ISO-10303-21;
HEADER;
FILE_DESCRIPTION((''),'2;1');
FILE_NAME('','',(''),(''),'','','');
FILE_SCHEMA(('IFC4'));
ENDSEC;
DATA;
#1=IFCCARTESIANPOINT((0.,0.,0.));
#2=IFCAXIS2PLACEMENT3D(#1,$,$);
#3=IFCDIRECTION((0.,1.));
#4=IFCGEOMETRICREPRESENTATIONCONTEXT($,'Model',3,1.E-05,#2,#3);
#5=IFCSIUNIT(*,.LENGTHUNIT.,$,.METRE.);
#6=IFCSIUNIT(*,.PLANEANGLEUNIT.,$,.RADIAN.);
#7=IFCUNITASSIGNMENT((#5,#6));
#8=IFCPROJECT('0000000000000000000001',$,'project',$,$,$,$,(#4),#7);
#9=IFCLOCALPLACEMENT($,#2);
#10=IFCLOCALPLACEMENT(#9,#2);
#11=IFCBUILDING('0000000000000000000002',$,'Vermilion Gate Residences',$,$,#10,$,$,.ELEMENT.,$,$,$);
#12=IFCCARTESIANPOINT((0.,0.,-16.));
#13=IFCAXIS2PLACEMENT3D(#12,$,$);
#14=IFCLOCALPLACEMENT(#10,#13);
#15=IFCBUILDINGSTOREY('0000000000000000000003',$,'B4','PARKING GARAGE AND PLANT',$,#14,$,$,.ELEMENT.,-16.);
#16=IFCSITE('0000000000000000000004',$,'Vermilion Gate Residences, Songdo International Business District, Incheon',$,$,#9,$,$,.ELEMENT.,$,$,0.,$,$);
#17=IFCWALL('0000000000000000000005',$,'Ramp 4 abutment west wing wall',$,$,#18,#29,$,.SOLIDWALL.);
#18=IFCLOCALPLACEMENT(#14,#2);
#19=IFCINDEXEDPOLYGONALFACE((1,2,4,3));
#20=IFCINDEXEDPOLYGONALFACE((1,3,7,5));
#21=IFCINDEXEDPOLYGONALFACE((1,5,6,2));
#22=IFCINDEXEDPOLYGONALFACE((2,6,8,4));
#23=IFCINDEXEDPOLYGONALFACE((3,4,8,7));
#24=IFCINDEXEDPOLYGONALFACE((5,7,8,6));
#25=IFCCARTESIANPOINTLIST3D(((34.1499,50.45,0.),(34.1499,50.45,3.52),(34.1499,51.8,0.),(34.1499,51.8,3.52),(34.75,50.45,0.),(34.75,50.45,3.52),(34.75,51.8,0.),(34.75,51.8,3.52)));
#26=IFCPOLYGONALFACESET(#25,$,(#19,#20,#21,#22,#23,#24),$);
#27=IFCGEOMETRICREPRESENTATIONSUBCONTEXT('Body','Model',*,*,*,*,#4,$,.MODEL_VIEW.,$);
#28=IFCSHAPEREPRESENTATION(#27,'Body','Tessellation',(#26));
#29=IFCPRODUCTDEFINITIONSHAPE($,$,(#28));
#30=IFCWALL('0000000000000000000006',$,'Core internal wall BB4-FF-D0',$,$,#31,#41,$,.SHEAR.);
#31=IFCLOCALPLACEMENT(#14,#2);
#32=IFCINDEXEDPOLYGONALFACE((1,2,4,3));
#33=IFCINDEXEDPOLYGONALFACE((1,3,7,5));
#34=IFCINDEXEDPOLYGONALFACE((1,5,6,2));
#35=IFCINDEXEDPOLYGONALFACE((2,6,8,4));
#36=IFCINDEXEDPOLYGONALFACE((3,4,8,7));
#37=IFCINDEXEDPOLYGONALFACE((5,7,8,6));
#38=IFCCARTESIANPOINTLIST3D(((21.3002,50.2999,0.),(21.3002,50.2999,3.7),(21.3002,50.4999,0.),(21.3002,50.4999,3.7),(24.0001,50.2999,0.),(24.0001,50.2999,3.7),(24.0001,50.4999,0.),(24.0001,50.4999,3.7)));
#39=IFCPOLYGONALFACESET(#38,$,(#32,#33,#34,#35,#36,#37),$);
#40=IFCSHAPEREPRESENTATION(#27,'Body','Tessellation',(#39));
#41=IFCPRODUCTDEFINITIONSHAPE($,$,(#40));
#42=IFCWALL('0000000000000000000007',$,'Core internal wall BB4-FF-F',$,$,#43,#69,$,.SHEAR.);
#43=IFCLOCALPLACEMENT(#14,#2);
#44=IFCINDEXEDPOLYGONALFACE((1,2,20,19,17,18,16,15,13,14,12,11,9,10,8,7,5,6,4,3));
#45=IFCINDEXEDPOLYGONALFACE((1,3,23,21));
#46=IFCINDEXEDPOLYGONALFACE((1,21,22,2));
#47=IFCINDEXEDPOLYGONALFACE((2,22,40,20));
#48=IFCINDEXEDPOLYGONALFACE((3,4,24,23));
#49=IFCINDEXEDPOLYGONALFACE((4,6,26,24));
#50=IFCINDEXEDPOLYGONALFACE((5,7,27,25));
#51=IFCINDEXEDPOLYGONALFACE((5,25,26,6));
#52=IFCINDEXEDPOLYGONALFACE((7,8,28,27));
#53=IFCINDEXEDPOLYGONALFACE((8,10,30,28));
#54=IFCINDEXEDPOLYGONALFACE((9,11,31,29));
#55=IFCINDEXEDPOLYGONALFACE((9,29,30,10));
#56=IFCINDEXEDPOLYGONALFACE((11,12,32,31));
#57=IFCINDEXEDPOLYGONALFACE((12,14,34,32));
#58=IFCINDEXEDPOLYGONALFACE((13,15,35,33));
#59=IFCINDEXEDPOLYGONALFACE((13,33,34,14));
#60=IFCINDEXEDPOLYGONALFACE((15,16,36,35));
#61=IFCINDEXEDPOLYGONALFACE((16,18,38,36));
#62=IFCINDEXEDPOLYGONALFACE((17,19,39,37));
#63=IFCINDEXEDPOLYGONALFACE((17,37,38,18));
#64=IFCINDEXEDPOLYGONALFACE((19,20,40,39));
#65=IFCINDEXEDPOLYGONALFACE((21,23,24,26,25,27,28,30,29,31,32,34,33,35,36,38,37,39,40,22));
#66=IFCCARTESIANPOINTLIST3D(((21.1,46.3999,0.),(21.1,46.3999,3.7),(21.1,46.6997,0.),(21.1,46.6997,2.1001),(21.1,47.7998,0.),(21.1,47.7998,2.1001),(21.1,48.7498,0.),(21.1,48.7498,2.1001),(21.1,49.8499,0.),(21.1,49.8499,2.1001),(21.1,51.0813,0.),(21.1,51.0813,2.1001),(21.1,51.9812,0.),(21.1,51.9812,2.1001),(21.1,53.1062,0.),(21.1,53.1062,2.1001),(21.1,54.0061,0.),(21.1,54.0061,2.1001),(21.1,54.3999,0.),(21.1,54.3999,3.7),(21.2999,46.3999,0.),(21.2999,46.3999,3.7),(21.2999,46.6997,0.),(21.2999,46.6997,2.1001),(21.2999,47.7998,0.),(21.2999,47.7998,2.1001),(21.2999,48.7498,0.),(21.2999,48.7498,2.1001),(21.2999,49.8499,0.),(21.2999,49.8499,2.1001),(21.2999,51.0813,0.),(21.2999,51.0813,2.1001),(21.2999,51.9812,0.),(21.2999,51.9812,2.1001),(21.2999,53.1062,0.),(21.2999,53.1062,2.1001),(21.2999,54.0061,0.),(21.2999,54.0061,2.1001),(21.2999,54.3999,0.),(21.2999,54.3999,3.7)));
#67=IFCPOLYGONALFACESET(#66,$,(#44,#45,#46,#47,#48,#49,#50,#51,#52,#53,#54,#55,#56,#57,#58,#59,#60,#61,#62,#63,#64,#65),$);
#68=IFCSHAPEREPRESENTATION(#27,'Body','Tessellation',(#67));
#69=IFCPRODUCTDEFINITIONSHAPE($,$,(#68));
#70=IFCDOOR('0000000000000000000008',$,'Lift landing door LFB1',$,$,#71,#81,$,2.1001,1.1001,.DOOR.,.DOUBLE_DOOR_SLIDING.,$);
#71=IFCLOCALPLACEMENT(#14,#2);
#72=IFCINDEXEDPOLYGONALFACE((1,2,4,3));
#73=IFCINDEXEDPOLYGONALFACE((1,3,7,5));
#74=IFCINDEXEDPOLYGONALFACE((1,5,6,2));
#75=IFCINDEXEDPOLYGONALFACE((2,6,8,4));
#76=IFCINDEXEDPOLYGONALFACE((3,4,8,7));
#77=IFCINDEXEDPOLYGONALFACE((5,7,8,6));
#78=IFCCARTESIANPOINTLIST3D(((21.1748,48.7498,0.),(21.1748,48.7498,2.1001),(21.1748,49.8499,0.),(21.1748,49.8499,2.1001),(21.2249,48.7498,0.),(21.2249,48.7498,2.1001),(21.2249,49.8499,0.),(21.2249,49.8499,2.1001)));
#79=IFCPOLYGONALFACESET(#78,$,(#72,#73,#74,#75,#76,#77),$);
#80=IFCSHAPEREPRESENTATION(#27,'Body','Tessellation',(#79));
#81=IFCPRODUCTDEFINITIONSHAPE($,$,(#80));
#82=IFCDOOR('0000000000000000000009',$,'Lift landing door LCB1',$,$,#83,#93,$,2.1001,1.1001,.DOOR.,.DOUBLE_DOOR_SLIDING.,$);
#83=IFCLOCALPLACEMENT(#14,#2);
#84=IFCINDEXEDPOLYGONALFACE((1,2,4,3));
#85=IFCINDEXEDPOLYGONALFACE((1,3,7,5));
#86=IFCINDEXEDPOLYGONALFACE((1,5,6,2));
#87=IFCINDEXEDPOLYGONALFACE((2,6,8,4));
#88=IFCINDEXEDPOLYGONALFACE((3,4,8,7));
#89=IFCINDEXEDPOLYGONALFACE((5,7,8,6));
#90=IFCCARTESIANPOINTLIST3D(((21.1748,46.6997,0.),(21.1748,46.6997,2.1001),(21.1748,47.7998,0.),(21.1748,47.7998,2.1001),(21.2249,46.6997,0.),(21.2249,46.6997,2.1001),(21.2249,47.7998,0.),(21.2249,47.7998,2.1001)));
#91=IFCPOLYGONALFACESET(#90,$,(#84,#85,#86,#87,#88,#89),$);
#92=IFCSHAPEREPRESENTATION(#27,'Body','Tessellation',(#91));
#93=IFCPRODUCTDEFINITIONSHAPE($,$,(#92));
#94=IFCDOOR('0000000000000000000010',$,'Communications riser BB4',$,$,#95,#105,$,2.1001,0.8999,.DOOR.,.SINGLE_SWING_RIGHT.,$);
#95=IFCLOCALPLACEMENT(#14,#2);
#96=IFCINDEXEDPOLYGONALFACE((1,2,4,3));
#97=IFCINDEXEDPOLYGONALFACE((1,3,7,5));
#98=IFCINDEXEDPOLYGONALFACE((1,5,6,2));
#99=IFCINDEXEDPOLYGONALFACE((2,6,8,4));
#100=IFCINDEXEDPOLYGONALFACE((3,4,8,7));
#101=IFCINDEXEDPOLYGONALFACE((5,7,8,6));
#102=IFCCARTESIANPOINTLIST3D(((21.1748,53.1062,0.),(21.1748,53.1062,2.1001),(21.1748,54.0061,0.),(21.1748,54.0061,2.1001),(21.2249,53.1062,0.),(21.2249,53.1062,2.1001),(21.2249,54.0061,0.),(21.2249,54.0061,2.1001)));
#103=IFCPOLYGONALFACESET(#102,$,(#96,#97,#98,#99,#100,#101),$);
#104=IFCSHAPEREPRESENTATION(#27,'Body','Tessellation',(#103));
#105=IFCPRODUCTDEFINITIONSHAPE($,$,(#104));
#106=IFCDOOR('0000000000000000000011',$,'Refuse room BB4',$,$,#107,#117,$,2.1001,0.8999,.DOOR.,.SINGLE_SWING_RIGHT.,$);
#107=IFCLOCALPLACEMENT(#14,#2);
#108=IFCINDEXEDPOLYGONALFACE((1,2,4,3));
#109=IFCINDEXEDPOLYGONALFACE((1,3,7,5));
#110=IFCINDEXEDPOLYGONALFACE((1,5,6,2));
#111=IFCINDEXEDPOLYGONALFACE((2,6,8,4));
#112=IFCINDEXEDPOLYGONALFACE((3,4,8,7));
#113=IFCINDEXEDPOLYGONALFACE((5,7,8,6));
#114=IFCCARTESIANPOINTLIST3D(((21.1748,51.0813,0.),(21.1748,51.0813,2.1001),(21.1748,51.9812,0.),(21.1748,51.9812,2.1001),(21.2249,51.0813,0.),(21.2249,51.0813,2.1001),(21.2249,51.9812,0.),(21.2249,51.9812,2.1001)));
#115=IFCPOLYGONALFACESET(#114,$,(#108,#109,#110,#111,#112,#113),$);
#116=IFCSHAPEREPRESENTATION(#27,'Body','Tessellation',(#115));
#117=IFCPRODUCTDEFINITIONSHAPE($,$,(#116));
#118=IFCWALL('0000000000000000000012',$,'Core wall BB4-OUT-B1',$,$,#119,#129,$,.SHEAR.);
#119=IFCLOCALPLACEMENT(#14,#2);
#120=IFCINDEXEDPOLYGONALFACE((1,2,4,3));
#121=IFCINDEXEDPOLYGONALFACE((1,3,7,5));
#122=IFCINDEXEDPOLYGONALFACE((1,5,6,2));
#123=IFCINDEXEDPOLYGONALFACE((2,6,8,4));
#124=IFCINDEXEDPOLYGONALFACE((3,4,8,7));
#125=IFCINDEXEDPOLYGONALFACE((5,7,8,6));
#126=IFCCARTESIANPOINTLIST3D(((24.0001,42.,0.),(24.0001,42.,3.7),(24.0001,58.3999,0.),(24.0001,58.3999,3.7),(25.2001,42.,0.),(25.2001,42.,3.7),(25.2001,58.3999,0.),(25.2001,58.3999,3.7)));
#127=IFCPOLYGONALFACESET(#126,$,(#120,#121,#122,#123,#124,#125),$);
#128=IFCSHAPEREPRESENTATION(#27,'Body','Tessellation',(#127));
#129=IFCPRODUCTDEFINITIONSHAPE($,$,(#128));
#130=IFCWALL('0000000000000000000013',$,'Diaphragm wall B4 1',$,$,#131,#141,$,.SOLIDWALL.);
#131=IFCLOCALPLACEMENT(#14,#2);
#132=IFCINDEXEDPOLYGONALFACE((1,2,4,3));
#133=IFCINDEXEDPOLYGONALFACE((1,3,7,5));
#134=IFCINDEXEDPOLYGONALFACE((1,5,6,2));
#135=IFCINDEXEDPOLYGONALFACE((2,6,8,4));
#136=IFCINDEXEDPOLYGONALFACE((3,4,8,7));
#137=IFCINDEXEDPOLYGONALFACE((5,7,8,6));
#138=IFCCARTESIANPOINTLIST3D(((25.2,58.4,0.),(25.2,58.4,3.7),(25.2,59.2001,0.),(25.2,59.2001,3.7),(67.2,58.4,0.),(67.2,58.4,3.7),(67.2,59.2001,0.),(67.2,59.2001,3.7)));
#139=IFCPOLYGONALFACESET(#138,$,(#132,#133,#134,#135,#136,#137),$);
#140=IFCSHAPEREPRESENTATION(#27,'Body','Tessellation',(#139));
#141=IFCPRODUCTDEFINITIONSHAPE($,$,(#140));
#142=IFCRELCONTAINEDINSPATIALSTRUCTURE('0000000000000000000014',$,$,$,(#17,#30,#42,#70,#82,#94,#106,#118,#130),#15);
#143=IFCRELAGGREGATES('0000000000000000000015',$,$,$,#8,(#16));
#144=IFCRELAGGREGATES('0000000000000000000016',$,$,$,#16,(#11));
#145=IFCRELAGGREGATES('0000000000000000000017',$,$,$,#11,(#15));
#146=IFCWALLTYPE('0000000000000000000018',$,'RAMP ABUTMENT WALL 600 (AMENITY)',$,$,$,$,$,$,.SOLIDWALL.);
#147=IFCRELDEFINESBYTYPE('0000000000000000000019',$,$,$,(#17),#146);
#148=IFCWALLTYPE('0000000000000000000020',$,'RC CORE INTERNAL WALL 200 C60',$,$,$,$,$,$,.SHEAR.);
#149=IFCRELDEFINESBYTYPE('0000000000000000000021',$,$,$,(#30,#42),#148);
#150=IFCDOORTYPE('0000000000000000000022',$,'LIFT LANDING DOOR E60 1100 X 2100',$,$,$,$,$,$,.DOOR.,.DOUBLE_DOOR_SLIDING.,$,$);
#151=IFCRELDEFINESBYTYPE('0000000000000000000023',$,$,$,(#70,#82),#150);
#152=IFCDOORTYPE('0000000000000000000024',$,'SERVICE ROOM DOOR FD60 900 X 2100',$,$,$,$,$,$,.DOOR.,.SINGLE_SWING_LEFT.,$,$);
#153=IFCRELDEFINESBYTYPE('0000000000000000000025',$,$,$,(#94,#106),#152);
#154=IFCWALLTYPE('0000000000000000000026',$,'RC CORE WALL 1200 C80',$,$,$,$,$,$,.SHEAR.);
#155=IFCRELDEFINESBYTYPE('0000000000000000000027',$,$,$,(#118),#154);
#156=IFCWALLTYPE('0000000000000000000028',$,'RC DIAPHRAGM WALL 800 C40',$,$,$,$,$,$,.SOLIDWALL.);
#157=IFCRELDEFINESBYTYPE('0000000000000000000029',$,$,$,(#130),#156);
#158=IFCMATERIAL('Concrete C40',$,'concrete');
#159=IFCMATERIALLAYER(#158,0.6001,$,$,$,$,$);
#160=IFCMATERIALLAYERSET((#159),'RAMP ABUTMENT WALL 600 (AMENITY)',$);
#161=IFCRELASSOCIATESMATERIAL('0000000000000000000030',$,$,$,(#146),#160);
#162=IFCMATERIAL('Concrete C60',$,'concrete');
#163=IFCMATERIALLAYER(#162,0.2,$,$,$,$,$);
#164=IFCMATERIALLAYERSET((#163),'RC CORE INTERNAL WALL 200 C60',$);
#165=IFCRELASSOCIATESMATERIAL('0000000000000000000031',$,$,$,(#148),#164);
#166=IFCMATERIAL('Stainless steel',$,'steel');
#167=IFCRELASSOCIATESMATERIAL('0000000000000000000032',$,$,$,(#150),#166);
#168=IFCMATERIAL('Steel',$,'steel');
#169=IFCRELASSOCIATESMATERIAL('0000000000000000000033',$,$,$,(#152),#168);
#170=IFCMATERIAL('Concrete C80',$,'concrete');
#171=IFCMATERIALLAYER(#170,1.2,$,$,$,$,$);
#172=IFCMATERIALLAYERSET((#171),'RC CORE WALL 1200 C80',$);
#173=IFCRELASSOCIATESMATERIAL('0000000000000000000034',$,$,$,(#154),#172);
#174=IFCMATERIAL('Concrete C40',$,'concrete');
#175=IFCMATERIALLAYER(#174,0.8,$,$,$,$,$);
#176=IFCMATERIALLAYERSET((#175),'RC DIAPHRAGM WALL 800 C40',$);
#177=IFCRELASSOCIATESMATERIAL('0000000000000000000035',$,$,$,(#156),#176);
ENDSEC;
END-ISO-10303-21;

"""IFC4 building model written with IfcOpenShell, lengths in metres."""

from ifc_helpers import new_model, si_unit, direction, frame, frame_2d, origin, place, context, subcontext, project, spatial, rectangle, extrude, material, layer, layer_set, type_object, element, fill, save


model = new_model("IFC4")

# Units and contexts
model_context = context("Model", 3, precision=1e-05, world=origin(), true_north=direction((0.0, 1.0)))
body_context = subcontext(model_context, "Body", "Model", "MODEL_VIEW")
ifc_project = project(units=[si_unit("LENGTHUNIT", "METRE"), si_unit("PLANEANGLEUNIT", "RADIAN")], contexts=[model_context])

# Site, building, storey
site_placement = place(None, origin())
site = spatial("IfcSite", under=ifc_project, at=site_placement, Name="Vermilion Gate Residences, Songdo International Business District, Incheon", CompositionType="ELEMENT", RefElevation=0.0)
building_placement = place(site_placement, origin())
building = spatial("IfcBuilding", under=site, at=building_placement, Name="Vermilion Gate Residences", CompositionType="ELEMENT")
storey_placement = place(building_placement, frame((0.0, 0.0, -16.0)))
storey = spatial("IfcBuildingStorey", under=building, at=storey_placement, Name="B4", Description="PARKING GARAGE AND PLANT", CompositionType="ELEMENT", Elevation=-16.0)

# Walls
ifc_material_1 = material(Name="Concrete C40", Category="concrete")
ifc_layer_1 = layer(ifc_material_1, 0.6001)
ifc_layer_set_1 = layer_set([ifc_layer_1], Name="RAMP ABUTMENT WALL 600 (AMENITY)")
wall_type_1 = type_object("IfcWallType", Name="RAMP ABUTMENT WALL 600 (AMENITY)", PredefinedType="SOLIDWALL", material=ifc_layer_set_1)
wall_1_placement = place(storey_placement, frame((34.45, 50.45, 0.0), z_axis=(0.0, 0.0, 1.0), x_axis=(0.0, 1.0, 0.0)))
element("IfcWall", 1, at=wall_1_placement, inside=storey, type_object=wall_type_1, Name="Ramp 4 abutment west wing wall", PredefinedType="SOLIDWALL", context=body_context, shape_type="SweptSolid", body=[
    extrude(rectangle(XDim=1.3501, YDim=0.6001, at=frame_2d((0.675, 0.0))), origin(), (0.0, 0.0, 1.0), 3.52),
])
ifc_material_2 = material(Name="Concrete C60", Category="concrete")
ifc_layer_2 = layer(ifc_material_2, 0.2)
ifc_layer_set_2 = layer_set([ifc_layer_2], Name="RC CORE INTERNAL WALL 200 C60")
wall_type_2 = type_object("IfcWallType", Name="RC CORE INTERNAL WALL 200 C60", PredefinedType="SHEAR", material=ifc_layer_set_2)
wall_2_placement = place(storey_placement, frame((21.3, 50.3999, 0.0), z_axis=(0.0, 0.0, 1.0), x_axis=(1.0, 0.0, 0.0)))
element("IfcWall", 2, at=wall_2_placement, inside=storey, type_object=wall_type_2, Name="Core internal wall BB4-FF-D0", PredefinedType="SHEAR", context=body_context, shape_type="SweptSolid", body=[
    extrude(rectangle(XDim=2.7, YDim=0.2, at=frame_2d((1.3501, 0.0))), origin(), (0.0, 0.0, 1.0), 3.7),
])

# Wall, openings, doors
wall_3_placement = place(storey_placement, frame((21.2, 54.3999, 0.0), z_axis=(0.0, 0.0, 1.0), x_axis=(0.0, -1.0, 0.0)))
wall_3 = element("IfcWall", 3, at=wall_3_placement, inside=storey, type_object=wall_type_2, Name="Core internal wall BB4-FF-F", PredefinedType="SHEAR", context=body_context, shape_type="SweptSolid", body=[
    extrude(rectangle(XDim=8.0, YDim=0.2, at=frame_2d((4.0, 0.0))), origin(), (0.0, 0.0, 1.0), 3.7),
])
opening_1_placement = place(wall_3_placement, frame((0.3938, 0.0, 0.0)))
opening_1 = element("IfcOpeningElement", 4, at=opening_1_placement, cuts=wall_3, PredefinedType="OPENING", context=body_context, shape_type="SweptSolid", body=[
    extrude(rectangle(XDim=0.8999, YDim=2.1001, at=frame_2d((0.45, 1.05))), frame((0.0, 0.1099, 0.0), z_axis=(0.0, -1.0, 0.0), x_axis=(1.0, 0.0, 0.0)), (0.0, 0.0, 1.0), 0.22),
])
opening_2_placement = place(wall_3_placement, frame((2.4187, 0.0, 0.0)))
opening_2 = element("IfcOpeningElement", 5, at=opening_2_placement, cuts=wall_3, PredefinedType="OPENING", context=body_context, shape_type="SweptSolid", body=[
    extrude(rectangle(XDim=0.8999, YDim=2.1001, at=frame_2d((0.45, 1.05))), frame((0.0, 0.1099, 0.0), z_axis=(0.0, -1.0, 0.0), x_axis=(1.0, 0.0, 0.0)), (0.0, 0.0, 1.0), 0.22),
])
opening_3_placement = place(wall_3_placement, frame((4.55, 0.0, 0.0)))
opening_3 = element("IfcOpeningElement", 6, at=opening_3_placement, cuts=wall_3, PredefinedType="OPENING", context=body_context, shape_type="SweptSolid", body=[
    extrude(rectangle(XDim=1.1001, YDim=2.1001, at=frame_2d((0.55, 1.05))), frame((0.0, 0.1099, 0.0), z_axis=(0.0, -1.0, 0.0), x_axis=(1.0, 0.0, 0.0)), (0.0, 0.0, 1.0), 0.22),
])
opening_4_placement = place(wall_3_placement, frame((6.6001, 0.0, 0.0)))
opening_4 = element("IfcOpeningElement", 7, at=opening_4_placement, cuts=wall_3, PredefinedType="OPENING", context=body_context, shape_type="SweptSolid", body=[
    extrude(rectangle(XDim=1.1001, YDim=2.1001, at=frame_2d((0.55, 1.05))), frame((0.0, 0.1099, 0.0), z_axis=(0.0, -1.0, 0.0), x_axis=(1.0, 0.0, 0.0)), (0.0, 0.0, 1.0), 0.22),
])
ifc_material_3 = material(Name="Stainless steel", Category="steel")
door_type_1 = type_object("IfcDoorType", Name="LIFT LANDING DOOR E60 1100 X 2100", OperationType="DOUBLE_DOOR_SLIDING", PredefinedType="DOOR", material=ifc_material_3)
door_1_placement = place(opening_3_placement, origin())
door_1 = element("IfcDoor", 8, at=door_1_placement, inside=storey, type_object=door_type_1, Name="Lift landing door LFB1", OperationType="DOUBLE_DOOR_SLIDING", OverallHeight=2.1001, OverallWidth=1.1001, PredefinedType="DOOR", context=body_context, shape_type="SweptSolid", body=[
    extrude(rectangle(XDim=1.1001, YDim=2.1001, at=frame_2d((0.55, 1.05))), frame((0.0, 0.0249, 0.0), z_axis=(0.0, -1.0, 0.0), x_axis=(1.0, 0.0, 0.0)), (0.0, 0.0, 1.0), 0.05),
])
fill(opening_3, door_1)
door_2_placement = place(opening_4_placement, origin())
door_2 = element("IfcDoor", 9, at=door_2_placement, inside=storey, type_object=door_type_1, Name="Lift landing door LCB1", OperationType="DOUBLE_DOOR_SLIDING", OverallHeight=2.1001, OverallWidth=1.1001, PredefinedType="DOOR", context=body_context, shape_type="SweptSolid", body=[
    extrude(rectangle(XDim=1.1001, YDim=2.1001, at=frame_2d((0.55, 1.05))), frame((0.0, 0.0249, 0.0), z_axis=(0.0, -1.0, 0.0), x_axis=(1.0, 0.0, 0.0)), (0.0, 0.0, 1.0), 0.05),
])
fill(opening_4, door_2)
ifc_material_4 = material(Name="Steel", Category="steel")
door_type_2 = type_object("IfcDoorType", Name="SERVICE ROOM DOOR FD60 900 X 2100", OperationType="SINGLE_SWING_LEFT", PredefinedType="DOOR", material=ifc_material_4)
door_3_placement = place(opening_1_placement, origin())
door_3 = element("IfcDoor", 10, at=door_3_placement, inside=storey, type_object=door_type_2, Name="Communications riser BB4", OperationType="SINGLE_SWING_RIGHT", OverallHeight=2.1001, OverallWidth=0.8999, PredefinedType="DOOR", context=body_context, shape_type="SweptSolid", body=[
    extrude(rectangle(XDim=0.8999, YDim=2.1001, at=frame_2d((0.45, 1.05))), frame((0.0, 0.0249, 0.0), z_axis=(0.0, -1.0, 0.0), x_axis=(1.0, 0.0, 0.0)), (0.0, 0.0, 1.0), 0.05),
])
fill(opening_1, door_3)
door_4_placement = place(opening_2_placement, origin())
door_4 = element("IfcDoor", 11, at=door_4_placement, inside=storey, type_object=door_type_2, Name="Refuse room BB4", OperationType="SINGLE_SWING_RIGHT", OverallHeight=2.1001, OverallWidth=0.8999, PredefinedType="DOOR", context=body_context, shape_type="SweptSolid", body=[
    extrude(rectangle(XDim=0.8999, YDim=2.1001, at=frame_2d((0.45, 1.05))), frame((0.0, 0.0249, 0.0), z_axis=(0.0, -1.0, 0.0), x_axis=(1.0, 0.0, 0.0)), (0.0, 0.0, 1.0), 0.05),
])
fill(opening_2, door_4)

# Walls
ifc_material_5 = material(Name="Concrete C80", Category="concrete")
ifc_layer_3 = layer(ifc_material_5, 1.2)
ifc_layer_set_3 = layer_set([ifc_layer_3], Name="RC CORE WALL 1200 C80")
wall_type_3 = type_object("IfcWallType", Name="RC CORE WALL 1200 C80", PredefinedType="SHEAR", material=ifc_layer_set_3)
wall_4_placement = place(storey_placement, frame((24.6001, 58.3999, 0.0), z_axis=(0.0, 0.0, 1.0), x_axis=(0.0, -1.0, 0.0)))
element("IfcWall", 12, at=wall_4_placement, inside=storey, type_object=wall_type_3, Name="Core wall BB4-OUT-B1", PredefinedType="SHEAR", context=body_context, shape_type="SweptSolid", body=[
    extrude(rectangle(XDim=16.3999, YDim=1.2, at=frame_2d((8.2, 0.0))), origin(), (0.0, 0.0, 1.0), 3.7),
])
ifc_material_6 = material(Name="Concrete C40", Category="concrete")
ifc_layer_4 = layer(ifc_material_6, 0.8)
ifc_layer_set_4 = layer_set([ifc_layer_4], Name="RC DIAPHRAGM WALL 800 C40")
wall_type_4 = type_object("IfcWallType", Name="RC DIAPHRAGM WALL 800 C40", PredefinedType="SOLIDWALL", material=ifc_layer_set_4)
wall_5_placement = place(storey_placement, frame((25.2, 58.8, 0.0), z_axis=(0.0, 0.0, 1.0), x_axis=(1.0, 0.0, 0.0)))
element("IfcWall", 13, at=wall_5_placement, inside=storey, type_object=wall_type_4, Name="Diaphragm wall B4 1", PredefinedType="SOLIDWALL", context=body_context, shape_type="SweptSolid", body=[
    extrude(rectangle(XDim=42.0, YDim=0.8, at=frame_2d((21.0, 0.0))), origin(), (0.0, 0.0, 1.0), 3.7),
])

save(model, "model.ifc")
